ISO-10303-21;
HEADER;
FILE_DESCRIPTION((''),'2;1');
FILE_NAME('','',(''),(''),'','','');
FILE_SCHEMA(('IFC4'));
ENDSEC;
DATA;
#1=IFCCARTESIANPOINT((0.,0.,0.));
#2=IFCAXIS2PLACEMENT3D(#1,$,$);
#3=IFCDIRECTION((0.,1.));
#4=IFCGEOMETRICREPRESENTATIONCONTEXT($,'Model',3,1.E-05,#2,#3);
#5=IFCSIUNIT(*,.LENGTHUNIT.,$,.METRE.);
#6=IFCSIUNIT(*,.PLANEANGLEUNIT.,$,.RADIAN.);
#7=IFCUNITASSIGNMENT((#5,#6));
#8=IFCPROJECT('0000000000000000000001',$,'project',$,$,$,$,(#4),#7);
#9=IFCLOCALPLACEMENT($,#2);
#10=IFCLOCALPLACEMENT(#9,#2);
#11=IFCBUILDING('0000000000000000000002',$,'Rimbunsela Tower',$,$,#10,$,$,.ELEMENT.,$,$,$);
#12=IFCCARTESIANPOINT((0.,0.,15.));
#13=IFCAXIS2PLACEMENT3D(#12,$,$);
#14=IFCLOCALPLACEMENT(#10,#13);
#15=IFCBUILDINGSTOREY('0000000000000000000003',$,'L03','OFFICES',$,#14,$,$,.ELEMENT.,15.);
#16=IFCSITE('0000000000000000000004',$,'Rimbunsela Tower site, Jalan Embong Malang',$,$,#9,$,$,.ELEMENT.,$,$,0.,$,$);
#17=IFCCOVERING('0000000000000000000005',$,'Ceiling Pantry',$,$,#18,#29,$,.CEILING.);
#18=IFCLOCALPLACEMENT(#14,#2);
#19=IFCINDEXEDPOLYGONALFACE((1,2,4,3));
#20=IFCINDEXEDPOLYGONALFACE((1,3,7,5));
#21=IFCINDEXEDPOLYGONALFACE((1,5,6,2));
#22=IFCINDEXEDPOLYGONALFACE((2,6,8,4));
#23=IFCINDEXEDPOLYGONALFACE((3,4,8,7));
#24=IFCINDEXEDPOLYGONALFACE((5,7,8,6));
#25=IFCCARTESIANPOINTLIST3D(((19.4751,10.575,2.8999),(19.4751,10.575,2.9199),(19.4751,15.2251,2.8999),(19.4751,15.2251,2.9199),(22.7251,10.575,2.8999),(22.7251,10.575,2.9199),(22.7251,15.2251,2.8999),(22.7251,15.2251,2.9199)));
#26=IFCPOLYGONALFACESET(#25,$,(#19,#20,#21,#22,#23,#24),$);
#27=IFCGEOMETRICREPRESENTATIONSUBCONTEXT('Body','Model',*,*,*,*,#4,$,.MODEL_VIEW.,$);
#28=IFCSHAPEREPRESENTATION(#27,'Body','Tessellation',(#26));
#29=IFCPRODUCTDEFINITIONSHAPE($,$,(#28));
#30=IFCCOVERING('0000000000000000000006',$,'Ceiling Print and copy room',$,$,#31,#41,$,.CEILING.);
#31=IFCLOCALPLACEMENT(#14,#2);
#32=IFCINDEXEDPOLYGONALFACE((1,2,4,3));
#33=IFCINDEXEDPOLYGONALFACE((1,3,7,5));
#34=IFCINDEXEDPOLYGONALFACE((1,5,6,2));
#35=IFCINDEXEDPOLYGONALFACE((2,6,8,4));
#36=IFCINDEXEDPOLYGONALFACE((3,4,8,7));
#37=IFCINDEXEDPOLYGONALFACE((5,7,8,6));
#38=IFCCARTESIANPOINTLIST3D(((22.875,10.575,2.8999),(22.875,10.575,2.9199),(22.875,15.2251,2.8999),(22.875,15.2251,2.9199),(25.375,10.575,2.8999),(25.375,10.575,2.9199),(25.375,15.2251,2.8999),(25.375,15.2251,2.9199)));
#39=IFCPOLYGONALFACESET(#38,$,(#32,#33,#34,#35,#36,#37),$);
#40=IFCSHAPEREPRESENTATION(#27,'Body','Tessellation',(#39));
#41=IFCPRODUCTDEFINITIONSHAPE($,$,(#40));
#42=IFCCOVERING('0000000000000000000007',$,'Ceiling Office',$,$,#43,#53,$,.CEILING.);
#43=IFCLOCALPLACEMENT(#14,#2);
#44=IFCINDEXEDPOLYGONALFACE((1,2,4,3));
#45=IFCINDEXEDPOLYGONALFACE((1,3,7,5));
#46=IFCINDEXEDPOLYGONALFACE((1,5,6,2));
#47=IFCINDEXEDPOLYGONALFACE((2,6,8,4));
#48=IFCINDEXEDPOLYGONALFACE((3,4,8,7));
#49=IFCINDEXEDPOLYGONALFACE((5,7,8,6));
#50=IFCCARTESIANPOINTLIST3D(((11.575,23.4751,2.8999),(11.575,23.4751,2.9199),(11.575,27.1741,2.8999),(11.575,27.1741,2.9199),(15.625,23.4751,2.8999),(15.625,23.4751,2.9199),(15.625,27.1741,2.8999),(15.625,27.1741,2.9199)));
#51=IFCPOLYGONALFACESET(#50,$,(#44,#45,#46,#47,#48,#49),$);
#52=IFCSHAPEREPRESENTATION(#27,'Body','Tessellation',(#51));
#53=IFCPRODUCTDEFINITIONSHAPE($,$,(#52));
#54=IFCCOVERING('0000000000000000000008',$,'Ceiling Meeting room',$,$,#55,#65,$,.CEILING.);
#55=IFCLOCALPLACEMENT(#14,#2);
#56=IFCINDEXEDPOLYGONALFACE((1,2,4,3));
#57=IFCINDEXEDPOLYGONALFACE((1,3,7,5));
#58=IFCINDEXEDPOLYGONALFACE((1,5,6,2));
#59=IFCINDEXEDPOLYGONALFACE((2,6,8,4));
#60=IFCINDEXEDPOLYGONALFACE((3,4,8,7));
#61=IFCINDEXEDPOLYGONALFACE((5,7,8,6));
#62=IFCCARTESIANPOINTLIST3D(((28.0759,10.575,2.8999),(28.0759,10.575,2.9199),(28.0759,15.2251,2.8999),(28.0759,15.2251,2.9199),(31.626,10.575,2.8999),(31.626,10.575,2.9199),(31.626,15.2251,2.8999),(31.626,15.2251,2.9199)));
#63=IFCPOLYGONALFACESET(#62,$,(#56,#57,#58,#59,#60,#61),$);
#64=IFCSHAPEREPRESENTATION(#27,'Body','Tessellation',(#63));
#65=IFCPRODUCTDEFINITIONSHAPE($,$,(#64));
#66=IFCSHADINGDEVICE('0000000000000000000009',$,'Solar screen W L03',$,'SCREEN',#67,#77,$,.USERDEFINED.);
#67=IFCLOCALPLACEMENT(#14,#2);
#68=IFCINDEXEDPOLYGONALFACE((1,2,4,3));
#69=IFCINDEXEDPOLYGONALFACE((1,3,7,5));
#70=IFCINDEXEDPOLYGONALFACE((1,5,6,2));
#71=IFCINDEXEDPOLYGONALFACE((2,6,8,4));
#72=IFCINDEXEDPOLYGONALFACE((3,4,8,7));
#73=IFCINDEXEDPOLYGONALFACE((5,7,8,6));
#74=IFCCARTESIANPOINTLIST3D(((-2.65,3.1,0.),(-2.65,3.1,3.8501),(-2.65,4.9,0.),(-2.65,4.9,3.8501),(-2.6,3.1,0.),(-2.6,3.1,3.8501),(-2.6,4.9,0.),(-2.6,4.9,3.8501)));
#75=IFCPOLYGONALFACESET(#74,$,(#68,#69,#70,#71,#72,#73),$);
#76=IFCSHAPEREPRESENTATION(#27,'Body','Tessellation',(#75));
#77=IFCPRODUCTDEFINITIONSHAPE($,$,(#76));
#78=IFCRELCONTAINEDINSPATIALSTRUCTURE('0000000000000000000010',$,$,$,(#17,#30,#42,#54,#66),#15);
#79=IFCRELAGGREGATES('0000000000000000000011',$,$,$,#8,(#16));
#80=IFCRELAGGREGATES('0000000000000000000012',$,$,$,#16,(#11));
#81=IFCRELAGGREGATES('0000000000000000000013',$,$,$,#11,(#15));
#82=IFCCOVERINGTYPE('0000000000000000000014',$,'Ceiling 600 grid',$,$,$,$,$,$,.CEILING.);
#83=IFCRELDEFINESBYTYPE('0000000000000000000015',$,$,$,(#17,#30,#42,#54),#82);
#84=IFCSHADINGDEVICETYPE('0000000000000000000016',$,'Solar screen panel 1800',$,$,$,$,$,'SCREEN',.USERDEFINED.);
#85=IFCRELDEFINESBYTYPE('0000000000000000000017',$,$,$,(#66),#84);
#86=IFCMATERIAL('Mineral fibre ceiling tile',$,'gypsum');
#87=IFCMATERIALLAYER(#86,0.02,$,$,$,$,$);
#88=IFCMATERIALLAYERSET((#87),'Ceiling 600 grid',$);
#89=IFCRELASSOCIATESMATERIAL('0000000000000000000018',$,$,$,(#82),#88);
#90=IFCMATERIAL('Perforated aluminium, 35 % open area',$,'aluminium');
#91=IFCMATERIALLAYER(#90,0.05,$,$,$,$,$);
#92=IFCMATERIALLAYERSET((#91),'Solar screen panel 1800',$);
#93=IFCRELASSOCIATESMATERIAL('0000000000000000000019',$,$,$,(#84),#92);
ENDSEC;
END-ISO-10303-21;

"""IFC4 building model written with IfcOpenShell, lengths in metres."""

from ifc_helpers import new_model, si_unit, direction, frame, origin, origin_2d, place, context, subcontext, project, spatial, polyline, rectangle, outline, extrude, material, layer, layer_set, type_object, element, save


model = new_model("IFC4")

# Units and contexts
model_context = context("Model", 3, precision=1e-05, world=origin(), true_north=direction((0.0, 1.0)))
body_context = subcontext(model_context, "Body", "Model", "MODEL_VIEW")
ifc_project = project(units=[si_unit("LENGTHUNIT", "METRE"), si_unit("PLANEANGLEUNIT", "RADIAN")], contexts=[model_context])

# Site, building, storey
site_placement = place(None, origin())
site = spatial("IfcSite", under=ifc_project, at=site_placement, Name="Rimbunsela Tower site, Jalan Embong Malang", CompositionType="ELEMENT", RefElevation=0.0)
building_placement = place(site_placement, origin())
building = spatial("IfcBuilding", under=site, at=building_placement, Name="Rimbunsela Tower", CompositionType="ELEMENT")
storey_placement = place(building_placement, frame((0.0, 0.0, 15.0)))
storey = spatial("IfcBuildingStorey", under=building, at=storey_placement, Name="L03", Description="OFFICES", CompositionType="ELEMENT", Elevation=15.0)

# Coverings
ifc_material_1 = material(Name="Mineral fibre ceiling tile", Category="gypsum")
ifc_layer_1 = layer(ifc_material_1, 0.02)
ifc_layer_set_1 = layer_set([ifc_layer_1], Name="Ceiling 600 grid")
covering_type_1 = type_object("IfcCoveringType", Name="Ceiling 600 grid", PredefinedType="CEILING", material=ifc_layer_set_1)
covering_1_placement = place(storey_placement, frame((0.0, 0.0, 2.8999)))
element("IfcCovering", 1, at=covering_1_placement, inside=storey, type_object=covering_type_1, Name="Ceiling Pantry", PredefinedType="CEILING", context=body_context, shape_type="SweptSolid", body=[
    extrude(outline(polyline([(22.7251, 10.575), (22.7251, 15.2251), (19.4751, 15.2251), (19.4751, 10.575), (22.7251, 10.575)])), origin(), (0.0, 0.0, 1.0), 0.02),
])
covering_2_placement = place(storey_placement, frame((0.0, 0.0, 2.8999)))
element("IfcCovering", 2, at=covering_2_placement, inside=storey, type_object=covering_type_1, Name="Ceiling Print and copy room", PredefinedType="CEILING", context=body_context, shape_type="SweptSolid", body=[
    extrude(outline(polyline([(25.375, 10.575), (25.375, 15.2251), (22.875, 15.2251), (22.875, 10.575), (25.375, 10.575)])), origin(), (0.0, 0.0, 1.0), 0.02),
])
covering_3_placement = place(storey_placement, frame((0.0, 0.0, 2.8999)))
element("IfcCovering", 3, at=covering_3_placement, inside=storey, type_object=covering_type_1, Name="Ceiling Office", PredefinedType="CEILING", context=body_context, shape_type="SweptSolid", body=[
    extrude(outline(polyline([(15.625, 23.4751), (15.625, 27.1741), (11.575, 27.1741), (11.575, 23.4751), (15.625, 23.4751)])), origin(), (0.0, 0.0, 1.0), 0.02),
])
covering_4_placement = place(storey_placement, frame((0.0, 0.0, 2.8999)))
element("IfcCovering", 4, at=covering_4_placement, inside=storey, type_object=covering_type_1, Name="Ceiling Meeting room", PredefinedType="CEILING", context=body_context, shape_type="SweptSolid", body=[
    extrude(outline(polyline([(31.626, 10.575), (31.626, 15.2251), (28.0759, 15.2251), (28.0759, 10.575), (31.626, 10.575)])), origin(), (0.0, 0.0, 1.0), 0.02),
])

# Shading device
ifc_material_2 = material(Name="Perforated aluminium, 35 % open area", Category="aluminium")
ifc_layer_2 = layer(ifc_material_2, 0.05)
ifc_layer_set_2 = layer_set([ifc_layer_2], Name="Solar screen panel 1800")
shading_device_type = type_object("IfcShadingDeviceType", Name="Solar screen panel 1800", ElementType="SCREEN", PredefinedType="USERDEFINED", material=ifc_layer_set_2)
shading_device_placement = place(storey_placement, frame((-2.625, 4.0, 0.0), z_axis=(0.0, 0.0, 1.0), x_axis=(0.0, 1.0, 0.0)))
element("IfcShadingDevice", 5, at=shading_device_placement, inside=storey, type_object=shading_device_type, Name="Solar screen W L03", ObjectType="SCREEN", PredefinedType="USERDEFINED", context=body_context, shape_type="SweptSolid", body=[
    extrude(rectangle(XDim=1.8, YDim=0.05, at=origin_2d()), origin(), (0.0, 0.0, 1.0), 3.8501),
])

save(model, "model.ifc")
